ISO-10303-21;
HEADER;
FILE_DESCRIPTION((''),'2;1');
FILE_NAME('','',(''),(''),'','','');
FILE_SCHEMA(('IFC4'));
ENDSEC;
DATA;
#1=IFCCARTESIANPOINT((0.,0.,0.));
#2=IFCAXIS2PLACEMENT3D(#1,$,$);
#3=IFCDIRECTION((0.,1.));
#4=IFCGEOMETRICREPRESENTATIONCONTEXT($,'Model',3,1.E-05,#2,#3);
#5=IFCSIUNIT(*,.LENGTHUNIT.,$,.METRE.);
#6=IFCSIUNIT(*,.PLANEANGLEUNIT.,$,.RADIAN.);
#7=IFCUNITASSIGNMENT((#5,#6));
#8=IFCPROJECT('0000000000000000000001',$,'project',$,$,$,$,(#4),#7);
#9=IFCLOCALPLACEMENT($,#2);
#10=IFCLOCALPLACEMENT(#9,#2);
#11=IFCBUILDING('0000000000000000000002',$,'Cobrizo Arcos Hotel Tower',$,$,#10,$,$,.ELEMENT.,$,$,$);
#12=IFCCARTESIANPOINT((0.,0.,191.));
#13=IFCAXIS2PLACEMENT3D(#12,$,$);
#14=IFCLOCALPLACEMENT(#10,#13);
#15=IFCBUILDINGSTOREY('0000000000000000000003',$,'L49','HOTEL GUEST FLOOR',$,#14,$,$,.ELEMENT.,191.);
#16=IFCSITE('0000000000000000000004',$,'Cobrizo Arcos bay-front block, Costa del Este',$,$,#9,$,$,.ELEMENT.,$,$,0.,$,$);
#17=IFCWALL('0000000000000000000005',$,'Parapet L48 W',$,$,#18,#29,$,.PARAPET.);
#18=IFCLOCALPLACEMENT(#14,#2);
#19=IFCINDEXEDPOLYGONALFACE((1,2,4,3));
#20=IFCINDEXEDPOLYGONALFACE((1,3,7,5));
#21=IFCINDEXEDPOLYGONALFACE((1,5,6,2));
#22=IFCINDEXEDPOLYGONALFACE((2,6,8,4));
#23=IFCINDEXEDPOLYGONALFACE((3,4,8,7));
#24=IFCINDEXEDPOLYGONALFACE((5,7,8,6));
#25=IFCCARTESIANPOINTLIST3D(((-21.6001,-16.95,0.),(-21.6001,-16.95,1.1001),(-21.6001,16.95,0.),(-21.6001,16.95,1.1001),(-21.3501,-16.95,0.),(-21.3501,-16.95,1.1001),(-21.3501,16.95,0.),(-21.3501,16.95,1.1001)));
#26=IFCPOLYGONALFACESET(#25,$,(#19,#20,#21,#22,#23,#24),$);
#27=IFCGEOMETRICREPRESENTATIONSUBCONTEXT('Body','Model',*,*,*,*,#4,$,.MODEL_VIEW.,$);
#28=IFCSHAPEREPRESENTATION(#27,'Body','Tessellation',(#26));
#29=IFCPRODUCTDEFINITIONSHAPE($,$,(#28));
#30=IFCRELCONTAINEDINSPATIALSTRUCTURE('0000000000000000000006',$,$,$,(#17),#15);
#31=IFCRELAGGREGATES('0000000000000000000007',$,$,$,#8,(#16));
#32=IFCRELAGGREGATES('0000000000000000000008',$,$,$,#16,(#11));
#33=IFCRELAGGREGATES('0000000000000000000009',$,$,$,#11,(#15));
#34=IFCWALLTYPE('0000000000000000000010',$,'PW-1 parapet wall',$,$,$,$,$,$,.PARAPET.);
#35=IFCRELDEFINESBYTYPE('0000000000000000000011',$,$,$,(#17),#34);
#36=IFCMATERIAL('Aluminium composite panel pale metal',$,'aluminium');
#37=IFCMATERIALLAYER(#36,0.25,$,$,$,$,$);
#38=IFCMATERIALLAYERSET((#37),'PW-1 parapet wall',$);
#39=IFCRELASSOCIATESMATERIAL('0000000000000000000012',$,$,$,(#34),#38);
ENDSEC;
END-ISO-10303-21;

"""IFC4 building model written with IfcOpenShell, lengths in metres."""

from ifc_helpers import new_model, si_unit, direction, frame, frame_2d, origin, place, context, subcontext, project, spatial, rectangle, extrude, material, layer, layer_set, type_object, element, save


model = new_model("IFC4")

# Units and contexts
model_context = context("Model", 3, precision=1e-05, world=origin(), true_north=direction((0.0, 1.0)))
body_context = subcontext(model_context, "Body", "Model", "MODEL_VIEW")
ifc_project = project(units=[si_unit("LENGTHUNIT", "METRE"), si_unit("PLANEANGLEUNIT", "RADIAN")], contexts=[model_context])

# Site, building, storey
site_placement = place(None, origin())
site = spatial("IfcSite", under=ifc_project, at=site_placement, Name="Cobrizo Arcos bay-front block, Costa del Este", CompositionType="ELEMENT", RefElevation=0.0)
building_placement = place(site_placement, origin())
building = spatial("IfcBuilding", under=site, at=building_placement, Name="Cobrizo Arcos Hotel Tower", CompositionType="ELEMENT")
storey_placement = place(building_placement, frame((0.0, 0.0, 191.0)))
storey = spatial("IfcBuildingStorey", under=building, at=storey_placement, Name="L49", Description="HOTEL GUEST FLOOR", CompositionType="ELEMENT", Elevation=191.0)

# Shared definitions
ifc_material_1 = material(Name="Aluminium composite panel pale metal", Category="aluminium")

# Wall
ifc_layer_1 = layer(ifc_material_1, 0.25)
ifc_layer_set_1 = layer_set([ifc_layer_1], Name="PW-1 parapet wall")
wall_type = type_object("IfcWallType", Name="PW-1 parapet wall", PredefinedType="PARAPET", material=ifc_layer_set_1)
wall_1_placement = place(storey_placement, frame((-21.4751, 16.95, 0.0), z_axis=(0.0, 0.0, 1.0), x_axis=(0.0, -1.0, 0.0)))
element("IfcWall", 1, at=wall_1_placement, inside=storey, type_object=wall_type, Name="Parapet L48 W", PredefinedType="PARAPET", context=body_context, shape_type="SweptSolid", body=[
    extrude(rectangle(XDim=33.8999, YDim=0.25, at=frame_2d((16.95, 0.0))), origin(), (0.0, 0.0, 1.0), 1.1001),
])

save(model, "model.ifc")
